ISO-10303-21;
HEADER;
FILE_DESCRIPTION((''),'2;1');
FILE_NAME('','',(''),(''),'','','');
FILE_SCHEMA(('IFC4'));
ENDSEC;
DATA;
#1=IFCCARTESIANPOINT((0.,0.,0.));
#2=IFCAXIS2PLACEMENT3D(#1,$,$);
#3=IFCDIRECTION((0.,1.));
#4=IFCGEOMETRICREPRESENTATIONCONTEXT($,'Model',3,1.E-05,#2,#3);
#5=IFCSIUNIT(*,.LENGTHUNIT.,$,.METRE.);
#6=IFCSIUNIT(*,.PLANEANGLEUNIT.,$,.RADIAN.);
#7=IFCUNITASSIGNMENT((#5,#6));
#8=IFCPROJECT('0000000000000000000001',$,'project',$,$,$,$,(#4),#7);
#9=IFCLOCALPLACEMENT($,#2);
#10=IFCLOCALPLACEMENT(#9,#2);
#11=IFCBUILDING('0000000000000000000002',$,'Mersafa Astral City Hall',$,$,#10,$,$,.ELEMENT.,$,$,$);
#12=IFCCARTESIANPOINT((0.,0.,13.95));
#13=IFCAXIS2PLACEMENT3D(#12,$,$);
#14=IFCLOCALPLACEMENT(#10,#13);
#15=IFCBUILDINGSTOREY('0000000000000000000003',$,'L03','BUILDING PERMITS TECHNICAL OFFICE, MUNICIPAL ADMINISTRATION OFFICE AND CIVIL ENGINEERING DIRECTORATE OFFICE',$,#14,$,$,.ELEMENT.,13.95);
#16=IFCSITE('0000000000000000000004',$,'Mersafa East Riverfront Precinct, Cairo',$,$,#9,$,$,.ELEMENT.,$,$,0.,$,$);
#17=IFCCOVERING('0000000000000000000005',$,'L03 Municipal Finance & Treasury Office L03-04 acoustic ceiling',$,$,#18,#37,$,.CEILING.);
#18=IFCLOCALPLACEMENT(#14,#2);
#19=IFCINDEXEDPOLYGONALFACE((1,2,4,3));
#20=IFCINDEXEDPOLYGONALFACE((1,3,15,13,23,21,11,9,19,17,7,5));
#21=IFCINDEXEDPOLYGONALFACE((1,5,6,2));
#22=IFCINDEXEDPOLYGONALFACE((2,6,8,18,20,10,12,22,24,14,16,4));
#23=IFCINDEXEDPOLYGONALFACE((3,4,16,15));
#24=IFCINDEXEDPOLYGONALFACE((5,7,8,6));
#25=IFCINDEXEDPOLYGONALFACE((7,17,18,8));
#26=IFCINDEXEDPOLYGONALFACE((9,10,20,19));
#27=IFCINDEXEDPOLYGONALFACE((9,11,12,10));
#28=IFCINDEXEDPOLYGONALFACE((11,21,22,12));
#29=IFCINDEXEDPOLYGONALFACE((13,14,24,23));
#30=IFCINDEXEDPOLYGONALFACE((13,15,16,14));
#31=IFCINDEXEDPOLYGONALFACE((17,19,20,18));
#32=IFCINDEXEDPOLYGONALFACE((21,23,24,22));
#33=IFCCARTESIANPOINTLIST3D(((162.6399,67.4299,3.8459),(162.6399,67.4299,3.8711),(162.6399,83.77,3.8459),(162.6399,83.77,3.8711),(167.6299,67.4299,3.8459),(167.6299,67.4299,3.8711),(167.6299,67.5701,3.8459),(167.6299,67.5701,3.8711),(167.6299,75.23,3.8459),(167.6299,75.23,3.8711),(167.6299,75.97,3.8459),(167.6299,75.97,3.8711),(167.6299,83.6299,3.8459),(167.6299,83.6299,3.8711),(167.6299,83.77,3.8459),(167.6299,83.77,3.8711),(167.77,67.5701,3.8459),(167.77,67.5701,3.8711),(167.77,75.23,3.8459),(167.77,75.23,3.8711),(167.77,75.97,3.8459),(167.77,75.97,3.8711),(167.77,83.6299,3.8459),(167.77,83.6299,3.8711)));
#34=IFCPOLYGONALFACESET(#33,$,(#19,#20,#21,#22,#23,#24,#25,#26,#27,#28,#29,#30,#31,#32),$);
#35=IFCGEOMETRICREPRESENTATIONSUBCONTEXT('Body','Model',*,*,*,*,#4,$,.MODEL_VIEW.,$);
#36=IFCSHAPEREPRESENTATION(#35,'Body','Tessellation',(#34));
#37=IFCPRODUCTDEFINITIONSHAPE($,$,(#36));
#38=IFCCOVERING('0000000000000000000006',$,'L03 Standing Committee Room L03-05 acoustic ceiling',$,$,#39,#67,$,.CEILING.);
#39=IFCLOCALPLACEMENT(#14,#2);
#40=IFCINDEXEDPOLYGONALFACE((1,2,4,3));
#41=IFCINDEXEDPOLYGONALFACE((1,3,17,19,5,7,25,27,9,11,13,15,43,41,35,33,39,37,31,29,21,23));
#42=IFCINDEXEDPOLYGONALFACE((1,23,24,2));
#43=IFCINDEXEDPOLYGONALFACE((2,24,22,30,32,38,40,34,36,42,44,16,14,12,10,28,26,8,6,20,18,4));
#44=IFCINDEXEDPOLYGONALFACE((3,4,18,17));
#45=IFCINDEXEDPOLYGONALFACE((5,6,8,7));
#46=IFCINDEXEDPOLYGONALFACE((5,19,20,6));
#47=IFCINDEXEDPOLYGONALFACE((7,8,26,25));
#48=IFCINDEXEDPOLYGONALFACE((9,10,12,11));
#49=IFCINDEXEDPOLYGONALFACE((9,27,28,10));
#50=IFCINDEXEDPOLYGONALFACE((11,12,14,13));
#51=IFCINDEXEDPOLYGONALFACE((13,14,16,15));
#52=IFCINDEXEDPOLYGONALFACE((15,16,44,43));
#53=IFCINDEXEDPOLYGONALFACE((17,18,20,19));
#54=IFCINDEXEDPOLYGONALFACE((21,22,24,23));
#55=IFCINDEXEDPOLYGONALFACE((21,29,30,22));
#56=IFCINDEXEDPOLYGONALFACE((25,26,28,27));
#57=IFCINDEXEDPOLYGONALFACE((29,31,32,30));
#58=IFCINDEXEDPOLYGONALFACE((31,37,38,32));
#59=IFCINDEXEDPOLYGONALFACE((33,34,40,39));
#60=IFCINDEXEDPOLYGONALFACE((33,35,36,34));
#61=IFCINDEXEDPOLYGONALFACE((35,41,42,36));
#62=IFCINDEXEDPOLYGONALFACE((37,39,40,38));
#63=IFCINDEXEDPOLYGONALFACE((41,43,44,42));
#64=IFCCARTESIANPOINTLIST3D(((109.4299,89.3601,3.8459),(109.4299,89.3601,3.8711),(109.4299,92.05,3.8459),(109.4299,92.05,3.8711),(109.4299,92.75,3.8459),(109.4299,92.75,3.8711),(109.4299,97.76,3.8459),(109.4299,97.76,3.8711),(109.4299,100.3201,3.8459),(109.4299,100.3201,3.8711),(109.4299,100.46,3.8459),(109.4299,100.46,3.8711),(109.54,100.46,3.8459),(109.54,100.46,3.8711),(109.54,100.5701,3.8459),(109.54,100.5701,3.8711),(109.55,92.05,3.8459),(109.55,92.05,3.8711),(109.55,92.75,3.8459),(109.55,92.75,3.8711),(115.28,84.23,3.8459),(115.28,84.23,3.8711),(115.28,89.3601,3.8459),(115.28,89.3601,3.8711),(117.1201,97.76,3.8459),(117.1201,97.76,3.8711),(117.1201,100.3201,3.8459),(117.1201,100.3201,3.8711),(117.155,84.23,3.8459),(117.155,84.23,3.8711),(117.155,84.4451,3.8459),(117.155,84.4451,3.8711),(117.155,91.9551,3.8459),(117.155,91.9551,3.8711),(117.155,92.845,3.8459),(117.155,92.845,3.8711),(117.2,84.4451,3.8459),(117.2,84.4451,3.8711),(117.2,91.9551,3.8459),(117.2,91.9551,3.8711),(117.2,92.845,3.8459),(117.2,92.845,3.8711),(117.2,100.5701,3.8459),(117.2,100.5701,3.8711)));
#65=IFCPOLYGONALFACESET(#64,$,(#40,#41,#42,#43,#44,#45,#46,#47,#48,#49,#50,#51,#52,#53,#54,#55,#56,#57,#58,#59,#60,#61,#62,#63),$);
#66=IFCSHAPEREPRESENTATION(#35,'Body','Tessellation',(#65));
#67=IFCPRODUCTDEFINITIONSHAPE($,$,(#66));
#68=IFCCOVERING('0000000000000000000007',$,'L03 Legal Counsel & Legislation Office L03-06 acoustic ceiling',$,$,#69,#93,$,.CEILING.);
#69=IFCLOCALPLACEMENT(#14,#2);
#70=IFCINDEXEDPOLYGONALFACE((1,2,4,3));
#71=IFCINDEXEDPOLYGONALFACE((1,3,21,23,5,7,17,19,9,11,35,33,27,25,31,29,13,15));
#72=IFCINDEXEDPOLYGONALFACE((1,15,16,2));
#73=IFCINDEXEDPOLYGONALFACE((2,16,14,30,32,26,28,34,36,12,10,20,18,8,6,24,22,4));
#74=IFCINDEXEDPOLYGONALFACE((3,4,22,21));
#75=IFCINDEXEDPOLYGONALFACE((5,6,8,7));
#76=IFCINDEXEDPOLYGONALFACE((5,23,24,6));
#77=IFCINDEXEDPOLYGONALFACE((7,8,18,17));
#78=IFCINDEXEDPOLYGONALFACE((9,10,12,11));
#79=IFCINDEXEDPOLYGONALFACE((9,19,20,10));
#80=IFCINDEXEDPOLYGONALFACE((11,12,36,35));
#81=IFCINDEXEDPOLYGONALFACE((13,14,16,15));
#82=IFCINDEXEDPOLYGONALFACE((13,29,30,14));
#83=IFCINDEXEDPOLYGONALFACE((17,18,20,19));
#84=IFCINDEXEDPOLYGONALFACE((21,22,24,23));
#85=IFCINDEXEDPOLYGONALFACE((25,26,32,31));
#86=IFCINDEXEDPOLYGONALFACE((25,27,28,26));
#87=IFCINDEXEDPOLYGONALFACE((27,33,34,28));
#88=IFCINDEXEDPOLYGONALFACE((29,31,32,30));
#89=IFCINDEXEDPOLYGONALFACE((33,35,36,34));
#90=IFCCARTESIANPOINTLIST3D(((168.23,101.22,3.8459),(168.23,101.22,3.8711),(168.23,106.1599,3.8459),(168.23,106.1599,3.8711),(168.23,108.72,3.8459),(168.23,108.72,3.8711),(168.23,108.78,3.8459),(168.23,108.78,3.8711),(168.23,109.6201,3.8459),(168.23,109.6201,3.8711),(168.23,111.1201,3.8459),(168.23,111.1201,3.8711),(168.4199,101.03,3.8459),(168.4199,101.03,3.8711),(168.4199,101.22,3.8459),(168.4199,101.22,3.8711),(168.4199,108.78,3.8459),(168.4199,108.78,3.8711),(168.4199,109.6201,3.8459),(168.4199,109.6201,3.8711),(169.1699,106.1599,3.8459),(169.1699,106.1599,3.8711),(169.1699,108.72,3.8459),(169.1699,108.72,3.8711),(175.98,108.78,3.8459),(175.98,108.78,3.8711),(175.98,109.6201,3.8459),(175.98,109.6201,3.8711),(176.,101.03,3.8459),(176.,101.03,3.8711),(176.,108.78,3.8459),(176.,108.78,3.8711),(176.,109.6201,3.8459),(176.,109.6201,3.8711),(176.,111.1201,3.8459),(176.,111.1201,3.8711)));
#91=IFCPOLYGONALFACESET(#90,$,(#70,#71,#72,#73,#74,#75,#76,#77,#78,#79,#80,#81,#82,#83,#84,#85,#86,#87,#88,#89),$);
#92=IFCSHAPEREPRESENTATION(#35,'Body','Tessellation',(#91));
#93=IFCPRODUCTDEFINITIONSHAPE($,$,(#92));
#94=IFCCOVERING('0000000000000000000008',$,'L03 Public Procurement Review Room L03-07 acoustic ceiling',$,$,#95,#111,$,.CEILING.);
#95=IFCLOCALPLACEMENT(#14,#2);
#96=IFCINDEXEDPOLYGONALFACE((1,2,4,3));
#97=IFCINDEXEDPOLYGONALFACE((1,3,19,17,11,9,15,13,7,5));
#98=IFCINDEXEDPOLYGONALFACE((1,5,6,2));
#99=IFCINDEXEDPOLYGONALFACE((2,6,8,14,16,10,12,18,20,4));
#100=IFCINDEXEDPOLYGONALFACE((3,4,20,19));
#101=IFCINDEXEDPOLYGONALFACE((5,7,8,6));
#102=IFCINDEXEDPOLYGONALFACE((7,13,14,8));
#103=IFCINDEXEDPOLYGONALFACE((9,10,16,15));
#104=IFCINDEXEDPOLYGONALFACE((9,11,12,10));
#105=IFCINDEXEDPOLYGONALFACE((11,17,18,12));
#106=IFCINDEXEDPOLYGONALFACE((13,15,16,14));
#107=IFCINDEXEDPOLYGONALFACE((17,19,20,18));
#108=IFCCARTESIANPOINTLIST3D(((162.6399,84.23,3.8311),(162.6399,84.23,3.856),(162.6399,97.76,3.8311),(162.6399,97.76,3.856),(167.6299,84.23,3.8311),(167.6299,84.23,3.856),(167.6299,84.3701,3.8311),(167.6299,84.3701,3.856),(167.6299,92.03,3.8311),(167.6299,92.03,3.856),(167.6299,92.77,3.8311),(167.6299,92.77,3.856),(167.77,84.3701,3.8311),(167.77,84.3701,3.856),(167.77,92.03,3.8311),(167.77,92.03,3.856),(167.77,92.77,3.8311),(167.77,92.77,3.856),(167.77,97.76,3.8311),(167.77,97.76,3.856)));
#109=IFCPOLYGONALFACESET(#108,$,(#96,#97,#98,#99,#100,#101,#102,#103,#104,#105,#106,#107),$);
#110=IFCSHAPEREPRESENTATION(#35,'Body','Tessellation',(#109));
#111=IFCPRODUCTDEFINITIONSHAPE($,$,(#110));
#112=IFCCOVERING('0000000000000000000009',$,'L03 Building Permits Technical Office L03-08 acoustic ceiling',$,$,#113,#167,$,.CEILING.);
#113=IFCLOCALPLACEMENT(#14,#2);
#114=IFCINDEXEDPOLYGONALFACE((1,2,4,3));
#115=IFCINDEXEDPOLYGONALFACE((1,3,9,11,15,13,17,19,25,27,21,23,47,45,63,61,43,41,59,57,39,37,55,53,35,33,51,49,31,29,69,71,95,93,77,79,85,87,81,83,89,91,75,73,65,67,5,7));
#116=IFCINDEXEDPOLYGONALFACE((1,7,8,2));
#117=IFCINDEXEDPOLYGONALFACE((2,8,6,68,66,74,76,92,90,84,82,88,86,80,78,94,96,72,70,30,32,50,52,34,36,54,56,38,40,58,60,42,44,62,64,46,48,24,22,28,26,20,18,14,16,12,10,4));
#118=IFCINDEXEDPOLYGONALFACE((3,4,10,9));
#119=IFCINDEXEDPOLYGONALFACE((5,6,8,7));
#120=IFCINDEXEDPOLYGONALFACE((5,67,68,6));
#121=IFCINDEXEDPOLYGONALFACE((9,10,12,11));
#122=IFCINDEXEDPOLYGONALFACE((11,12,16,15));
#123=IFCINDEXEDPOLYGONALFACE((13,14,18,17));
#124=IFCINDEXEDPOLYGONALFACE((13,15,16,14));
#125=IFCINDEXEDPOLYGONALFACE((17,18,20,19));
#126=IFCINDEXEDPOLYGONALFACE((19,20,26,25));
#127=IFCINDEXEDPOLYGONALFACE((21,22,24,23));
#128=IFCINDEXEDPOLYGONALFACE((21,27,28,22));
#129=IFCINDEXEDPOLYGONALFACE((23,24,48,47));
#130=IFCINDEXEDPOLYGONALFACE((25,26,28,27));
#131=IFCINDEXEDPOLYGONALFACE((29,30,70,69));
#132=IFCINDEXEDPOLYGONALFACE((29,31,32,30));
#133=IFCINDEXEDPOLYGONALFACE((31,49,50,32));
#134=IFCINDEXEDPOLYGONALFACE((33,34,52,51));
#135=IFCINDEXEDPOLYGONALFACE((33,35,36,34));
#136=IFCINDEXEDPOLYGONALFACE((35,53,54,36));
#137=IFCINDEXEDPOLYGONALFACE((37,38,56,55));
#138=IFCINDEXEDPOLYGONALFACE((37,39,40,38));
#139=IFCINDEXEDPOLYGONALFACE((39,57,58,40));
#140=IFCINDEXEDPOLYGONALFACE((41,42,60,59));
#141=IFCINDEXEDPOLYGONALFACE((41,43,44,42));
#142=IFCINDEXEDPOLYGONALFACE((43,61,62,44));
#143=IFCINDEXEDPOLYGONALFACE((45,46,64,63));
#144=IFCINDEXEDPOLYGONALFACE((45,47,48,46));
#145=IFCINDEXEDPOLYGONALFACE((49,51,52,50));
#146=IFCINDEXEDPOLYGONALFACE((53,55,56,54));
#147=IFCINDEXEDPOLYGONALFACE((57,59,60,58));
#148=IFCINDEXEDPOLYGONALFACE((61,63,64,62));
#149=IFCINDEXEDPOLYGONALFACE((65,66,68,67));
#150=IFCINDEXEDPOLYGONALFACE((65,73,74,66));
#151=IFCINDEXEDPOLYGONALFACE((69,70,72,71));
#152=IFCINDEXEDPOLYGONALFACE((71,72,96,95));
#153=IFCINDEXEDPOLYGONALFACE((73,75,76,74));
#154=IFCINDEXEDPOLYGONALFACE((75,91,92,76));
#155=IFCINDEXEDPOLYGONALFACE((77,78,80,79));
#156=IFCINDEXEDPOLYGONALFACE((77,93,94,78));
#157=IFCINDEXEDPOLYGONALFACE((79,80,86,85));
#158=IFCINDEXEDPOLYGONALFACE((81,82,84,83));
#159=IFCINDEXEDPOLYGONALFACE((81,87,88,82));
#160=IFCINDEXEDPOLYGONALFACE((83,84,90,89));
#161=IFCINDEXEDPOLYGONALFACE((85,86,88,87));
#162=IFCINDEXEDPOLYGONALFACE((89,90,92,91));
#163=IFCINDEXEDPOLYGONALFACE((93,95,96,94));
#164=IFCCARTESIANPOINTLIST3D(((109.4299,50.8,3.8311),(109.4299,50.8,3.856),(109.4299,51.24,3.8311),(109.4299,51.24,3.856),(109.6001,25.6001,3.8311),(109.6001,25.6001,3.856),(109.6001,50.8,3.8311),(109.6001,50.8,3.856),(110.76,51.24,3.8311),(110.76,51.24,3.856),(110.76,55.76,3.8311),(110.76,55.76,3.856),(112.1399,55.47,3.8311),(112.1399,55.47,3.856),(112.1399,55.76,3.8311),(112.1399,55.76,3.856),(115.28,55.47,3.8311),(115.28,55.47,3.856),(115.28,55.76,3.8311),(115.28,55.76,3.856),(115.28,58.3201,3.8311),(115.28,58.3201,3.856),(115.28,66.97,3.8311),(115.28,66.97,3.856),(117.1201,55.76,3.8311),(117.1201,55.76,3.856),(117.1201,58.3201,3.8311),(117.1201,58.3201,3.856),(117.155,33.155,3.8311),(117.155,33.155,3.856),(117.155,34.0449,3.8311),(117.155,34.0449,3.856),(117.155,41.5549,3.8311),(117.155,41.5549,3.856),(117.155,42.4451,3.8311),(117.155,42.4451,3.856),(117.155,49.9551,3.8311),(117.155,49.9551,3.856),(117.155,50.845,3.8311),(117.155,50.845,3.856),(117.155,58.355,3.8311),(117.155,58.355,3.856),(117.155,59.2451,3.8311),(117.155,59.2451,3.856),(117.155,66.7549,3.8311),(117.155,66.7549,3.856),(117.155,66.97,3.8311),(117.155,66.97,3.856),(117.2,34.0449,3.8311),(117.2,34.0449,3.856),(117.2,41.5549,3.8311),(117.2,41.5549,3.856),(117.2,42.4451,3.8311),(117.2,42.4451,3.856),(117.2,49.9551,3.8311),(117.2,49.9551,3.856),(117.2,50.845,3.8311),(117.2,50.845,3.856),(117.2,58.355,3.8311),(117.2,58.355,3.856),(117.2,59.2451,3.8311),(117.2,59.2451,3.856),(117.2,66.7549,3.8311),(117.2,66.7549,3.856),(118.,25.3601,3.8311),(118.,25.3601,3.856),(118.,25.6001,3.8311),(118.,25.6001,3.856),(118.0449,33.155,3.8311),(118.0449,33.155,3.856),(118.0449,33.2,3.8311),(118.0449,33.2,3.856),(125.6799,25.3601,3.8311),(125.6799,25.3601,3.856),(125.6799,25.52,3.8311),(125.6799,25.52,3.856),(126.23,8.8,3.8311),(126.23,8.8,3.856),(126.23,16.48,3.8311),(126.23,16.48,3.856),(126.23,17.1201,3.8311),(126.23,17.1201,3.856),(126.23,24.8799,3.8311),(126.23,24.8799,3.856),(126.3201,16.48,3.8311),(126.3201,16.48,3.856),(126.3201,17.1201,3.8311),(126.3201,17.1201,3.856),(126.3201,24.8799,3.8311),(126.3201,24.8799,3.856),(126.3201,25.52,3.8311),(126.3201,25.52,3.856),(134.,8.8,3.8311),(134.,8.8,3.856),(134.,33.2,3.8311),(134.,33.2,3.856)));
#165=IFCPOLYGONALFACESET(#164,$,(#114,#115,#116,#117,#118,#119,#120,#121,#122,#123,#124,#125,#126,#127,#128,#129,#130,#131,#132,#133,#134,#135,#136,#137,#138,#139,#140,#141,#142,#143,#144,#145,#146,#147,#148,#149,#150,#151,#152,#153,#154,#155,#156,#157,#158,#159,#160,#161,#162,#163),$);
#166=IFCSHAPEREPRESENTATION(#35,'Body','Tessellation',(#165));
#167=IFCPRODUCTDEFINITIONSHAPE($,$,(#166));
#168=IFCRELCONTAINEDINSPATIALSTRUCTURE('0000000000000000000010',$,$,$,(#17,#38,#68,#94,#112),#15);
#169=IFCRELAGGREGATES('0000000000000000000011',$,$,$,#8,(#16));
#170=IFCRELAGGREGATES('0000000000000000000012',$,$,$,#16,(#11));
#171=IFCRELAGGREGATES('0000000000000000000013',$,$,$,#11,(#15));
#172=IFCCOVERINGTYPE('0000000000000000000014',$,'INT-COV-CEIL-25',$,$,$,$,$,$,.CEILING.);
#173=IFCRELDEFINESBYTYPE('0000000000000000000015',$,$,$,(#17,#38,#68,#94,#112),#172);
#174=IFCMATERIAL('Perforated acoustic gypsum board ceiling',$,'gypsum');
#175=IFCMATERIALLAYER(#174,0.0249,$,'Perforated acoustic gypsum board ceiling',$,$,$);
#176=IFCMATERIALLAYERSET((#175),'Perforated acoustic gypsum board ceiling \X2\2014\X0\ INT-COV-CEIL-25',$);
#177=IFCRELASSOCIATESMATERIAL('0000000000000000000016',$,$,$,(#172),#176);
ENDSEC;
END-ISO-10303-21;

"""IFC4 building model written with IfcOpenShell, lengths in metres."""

from ifc_helpers import new_model, si_unit, direction, frame, origin, place, context, subcontext, project, spatial, polyline, outline, extrude, material, layer, layer_set, type_object, element, save


model = new_model("IFC4")

# Units and contexts
model_context = context("Model", 3, precision=1e-05, world=origin(), true_north=direction((0.0, 1.0)))
body_context = subcontext(model_context, "Body", "Model", "MODEL_VIEW")
ifc_project = project(units=[si_unit("LENGTHUNIT", "METRE"), si_unit("PLANEANGLEUNIT", "RADIAN")], contexts=[model_context])

# Site, building, storey
site_placement = place(None, origin())
site = spatial("IfcSite", under=ifc_project, at=site_placement, Name="Mersafa East Riverfront Precinct, Cairo", CompositionType="ELEMENT", RefElevation=0.0)
building_placement = place(site_placement, origin())
building = spatial("IfcBuilding", under=site, at=building_placement, Name="Mersafa Astral City Hall", CompositionType="ELEMENT")
storey_placement = place(building_placement, frame((0.0, 0.0, 13.95)))
storey = spatial("IfcBuildingStorey", under=building, at=storey_placement, Name="L03", Description="BUILDING PERMITS TECHNICAL OFFICE, MUNICIPAL ADMINISTRATION OFFICE AND CIVIL ENGINEERING DIRECTORATE OFFICE", CompositionType="ELEMENT", Elevation=13.95)

# Coverings
ifc_material_1 = material(Name="Perforated acoustic gypsum board ceiling", Category="gypsum")
ifc_layer_1 = layer(ifc_material_1, 0.0249, Name="Perforated acoustic gypsum board ceiling")
ifc_layer_set_1 = layer_set([ifc_layer_1], Name="Perforated acoustic gypsum board ceiling — INT-COV-CEIL-25")
covering_type_1 = type_object("IfcCoveringType", Name="INT-COV-CEIL-25", PredefinedType="CEILING", material=ifc_layer_set_1)
covering_1_placement = place(storey_placement, frame((0.0, 0.0, 3.8459)))
element("IfcCovering", 1, at=covering_1_placement, inside=storey, type_object=covering_type_1, Name="L03 Municipal Finance & Treasury Office L03-04 acoustic ceiling", PredefinedType="CEILING", context=body_context, shape_type="SweptSolid", body=[
    extrude(outline(polyline([(167.6299, 83.6299), (167.77, 83.6299), (167.77, 75.97), (167.6299, 75.97), (167.6299, 75.23), (167.77, 75.23), (167.77, 67.5701), (167.6299, 67.5701), (167.6299, 67.4299), (162.6399, 67.4299), (162.6399, 83.77), (167.6299, 83.77), (167.6299, 83.6299)])), origin(), (0.0, 0.0, 1.0), 0.0251),
])
covering_2_placement = place(storey_placement, frame((0.0, 0.0, 3.8459)))
element("IfcCovering", 2, at=covering_2_placement, inside=storey, type_object=covering_type_1, Name="L03 Standing Committee Room L03-05 acoustic ceiling", PredefinedType="CEILING", context=body_context, shape_type="SweptSolid", body=[
    extrude(outline(polyline([(109.54, 100.46), (109.54, 100.5701), (117.2, 100.5701), (117.2, 92.845), (117.155, 92.845), (117.155, 91.9551), (117.2, 91.9551), (117.2, 84.4451), (117.155, 84.4451), (117.155, 84.23), (115.28, 84.23), (115.28, 89.3601), (109.4299, 89.3601), (109.4299, 92.05), (109.55, 92.05), (109.55, 92.75), (109.4299, 92.75), (109.4299, 97.76), (117.1201, 97.76), (117.1201, 100.3201), (109.4299, 100.3201), (109.4299, 100.46), (109.54, 100.46)])), origin(), (0.0, 0.0, 1.0), 0.0251),
])
covering_3_placement = place(storey_placement, frame((0.0, 0.0, 3.8459)))
element("IfcCovering", 3, at=covering_3_placement, inside=storey, type_object=covering_type_1, Name="L03 Legal Counsel & Legislation Office L03-06 acoustic ceiling", PredefinedType="CEILING", context=body_context, shape_type="SweptSolid", body=[
    extrude(outline(polyline([(176.0, 101.03), (168.4199, 101.03), (168.4199, 101.22), (168.23, 101.22), (168.23, 106.1599), (169.1699, 106.1599), (169.1699, 108.72), (168.23, 108.72), (168.23, 108.78), (168.4199, 108.78), (168.4199, 109.6201), (168.23, 109.6201), (168.23, 111.1201), (176.0, 111.1201), (176.0, 109.6201), (175.98, 109.6201), (175.98, 108.78), (176.0, 108.78), (176.0, 101.03)])), origin(), (0.0, 0.0, 1.0), 0.0251),
])
covering_4_placement = place(storey_placement, frame((0.0, 0.0, 3.8311)))
element("IfcCovering", 4, at=covering_4_placement, inside=storey, type_object=covering_type_1, Name="L03 Public Procurement Review Room L03-07 acoustic ceiling", PredefinedType="CEILING", context=body_context, shape_type="SweptSolid", body=[
    extrude(outline(polyline([(167.77, 92.77), (167.6299, 92.77), (167.6299, 92.03), (167.77, 92.03), (167.77, 84.3701), (167.6299, 84.3701), (167.6299, 84.23), (162.6399, 84.23), (162.6399, 97.76), (167.77, 97.76), (167.77, 92.77)])), origin(), (0.0, 0.0, 1.0), 0.0249),
])
covering_5_placement = place(storey_placement, frame((0.0, 0.0, 3.8311)))
element("IfcCovering", 5, at=covering_5_placement, inside=storey, type_object=covering_type_1, Name="L03 Building Permits Technical Office L03-08 acoustic ceiling", PredefinedType="CEILING", context=body_context, shape_type="SweptSolid", body=[
    extrude(outline(polyline([(117.155, 34.0449), (117.155, 33.155), (118.0449, 33.155), (118.0449, 33.2), (134.0, 33.2), (134.0, 8.8), (126.23, 8.8), (126.23, 16.48), (126.3201, 16.48), (126.3201, 17.1201), (126.23, 17.1201), (126.23, 24.8799), (126.3201, 24.8799), (126.3201, 25.52), (125.6799, 25.52), (125.6799, 25.3601), (118.0, 25.3601), (118.0, 25.6001), (109.6001, 25.6001), (109.6001, 50.8), (109.4299, 50.8), (109.4299, 51.24), (110.76, 51.24), (110.76, 55.76), (112.1399, 55.76), (112.1399, 55.47), (115.28, 55.47), (115.28, 55.76), (117.1201, 55.76), (117.1201, 58.3201), (115.28, 58.3201), (115.28, 66.97), (117.155, 66.97), (117.155, 66.7549), (117.2, 66.7549), (117.2, 59.2451), (117.155, 59.2451), (117.155, 58.355), (117.2, 58.355), (117.2, 50.845), (117.155, 50.845), (117.155, 49.9551), (117.2, 49.9551), (117.2, 42.4451), (117.155, 42.4451), (117.155, 41.5549), (117.2, 41.5549), (117.2, 34.0449), (117.155, 34.0449)])), origin(), (0.0, 0.0, 1.0), 0.0249),
])

save(model, "model.ifc")
